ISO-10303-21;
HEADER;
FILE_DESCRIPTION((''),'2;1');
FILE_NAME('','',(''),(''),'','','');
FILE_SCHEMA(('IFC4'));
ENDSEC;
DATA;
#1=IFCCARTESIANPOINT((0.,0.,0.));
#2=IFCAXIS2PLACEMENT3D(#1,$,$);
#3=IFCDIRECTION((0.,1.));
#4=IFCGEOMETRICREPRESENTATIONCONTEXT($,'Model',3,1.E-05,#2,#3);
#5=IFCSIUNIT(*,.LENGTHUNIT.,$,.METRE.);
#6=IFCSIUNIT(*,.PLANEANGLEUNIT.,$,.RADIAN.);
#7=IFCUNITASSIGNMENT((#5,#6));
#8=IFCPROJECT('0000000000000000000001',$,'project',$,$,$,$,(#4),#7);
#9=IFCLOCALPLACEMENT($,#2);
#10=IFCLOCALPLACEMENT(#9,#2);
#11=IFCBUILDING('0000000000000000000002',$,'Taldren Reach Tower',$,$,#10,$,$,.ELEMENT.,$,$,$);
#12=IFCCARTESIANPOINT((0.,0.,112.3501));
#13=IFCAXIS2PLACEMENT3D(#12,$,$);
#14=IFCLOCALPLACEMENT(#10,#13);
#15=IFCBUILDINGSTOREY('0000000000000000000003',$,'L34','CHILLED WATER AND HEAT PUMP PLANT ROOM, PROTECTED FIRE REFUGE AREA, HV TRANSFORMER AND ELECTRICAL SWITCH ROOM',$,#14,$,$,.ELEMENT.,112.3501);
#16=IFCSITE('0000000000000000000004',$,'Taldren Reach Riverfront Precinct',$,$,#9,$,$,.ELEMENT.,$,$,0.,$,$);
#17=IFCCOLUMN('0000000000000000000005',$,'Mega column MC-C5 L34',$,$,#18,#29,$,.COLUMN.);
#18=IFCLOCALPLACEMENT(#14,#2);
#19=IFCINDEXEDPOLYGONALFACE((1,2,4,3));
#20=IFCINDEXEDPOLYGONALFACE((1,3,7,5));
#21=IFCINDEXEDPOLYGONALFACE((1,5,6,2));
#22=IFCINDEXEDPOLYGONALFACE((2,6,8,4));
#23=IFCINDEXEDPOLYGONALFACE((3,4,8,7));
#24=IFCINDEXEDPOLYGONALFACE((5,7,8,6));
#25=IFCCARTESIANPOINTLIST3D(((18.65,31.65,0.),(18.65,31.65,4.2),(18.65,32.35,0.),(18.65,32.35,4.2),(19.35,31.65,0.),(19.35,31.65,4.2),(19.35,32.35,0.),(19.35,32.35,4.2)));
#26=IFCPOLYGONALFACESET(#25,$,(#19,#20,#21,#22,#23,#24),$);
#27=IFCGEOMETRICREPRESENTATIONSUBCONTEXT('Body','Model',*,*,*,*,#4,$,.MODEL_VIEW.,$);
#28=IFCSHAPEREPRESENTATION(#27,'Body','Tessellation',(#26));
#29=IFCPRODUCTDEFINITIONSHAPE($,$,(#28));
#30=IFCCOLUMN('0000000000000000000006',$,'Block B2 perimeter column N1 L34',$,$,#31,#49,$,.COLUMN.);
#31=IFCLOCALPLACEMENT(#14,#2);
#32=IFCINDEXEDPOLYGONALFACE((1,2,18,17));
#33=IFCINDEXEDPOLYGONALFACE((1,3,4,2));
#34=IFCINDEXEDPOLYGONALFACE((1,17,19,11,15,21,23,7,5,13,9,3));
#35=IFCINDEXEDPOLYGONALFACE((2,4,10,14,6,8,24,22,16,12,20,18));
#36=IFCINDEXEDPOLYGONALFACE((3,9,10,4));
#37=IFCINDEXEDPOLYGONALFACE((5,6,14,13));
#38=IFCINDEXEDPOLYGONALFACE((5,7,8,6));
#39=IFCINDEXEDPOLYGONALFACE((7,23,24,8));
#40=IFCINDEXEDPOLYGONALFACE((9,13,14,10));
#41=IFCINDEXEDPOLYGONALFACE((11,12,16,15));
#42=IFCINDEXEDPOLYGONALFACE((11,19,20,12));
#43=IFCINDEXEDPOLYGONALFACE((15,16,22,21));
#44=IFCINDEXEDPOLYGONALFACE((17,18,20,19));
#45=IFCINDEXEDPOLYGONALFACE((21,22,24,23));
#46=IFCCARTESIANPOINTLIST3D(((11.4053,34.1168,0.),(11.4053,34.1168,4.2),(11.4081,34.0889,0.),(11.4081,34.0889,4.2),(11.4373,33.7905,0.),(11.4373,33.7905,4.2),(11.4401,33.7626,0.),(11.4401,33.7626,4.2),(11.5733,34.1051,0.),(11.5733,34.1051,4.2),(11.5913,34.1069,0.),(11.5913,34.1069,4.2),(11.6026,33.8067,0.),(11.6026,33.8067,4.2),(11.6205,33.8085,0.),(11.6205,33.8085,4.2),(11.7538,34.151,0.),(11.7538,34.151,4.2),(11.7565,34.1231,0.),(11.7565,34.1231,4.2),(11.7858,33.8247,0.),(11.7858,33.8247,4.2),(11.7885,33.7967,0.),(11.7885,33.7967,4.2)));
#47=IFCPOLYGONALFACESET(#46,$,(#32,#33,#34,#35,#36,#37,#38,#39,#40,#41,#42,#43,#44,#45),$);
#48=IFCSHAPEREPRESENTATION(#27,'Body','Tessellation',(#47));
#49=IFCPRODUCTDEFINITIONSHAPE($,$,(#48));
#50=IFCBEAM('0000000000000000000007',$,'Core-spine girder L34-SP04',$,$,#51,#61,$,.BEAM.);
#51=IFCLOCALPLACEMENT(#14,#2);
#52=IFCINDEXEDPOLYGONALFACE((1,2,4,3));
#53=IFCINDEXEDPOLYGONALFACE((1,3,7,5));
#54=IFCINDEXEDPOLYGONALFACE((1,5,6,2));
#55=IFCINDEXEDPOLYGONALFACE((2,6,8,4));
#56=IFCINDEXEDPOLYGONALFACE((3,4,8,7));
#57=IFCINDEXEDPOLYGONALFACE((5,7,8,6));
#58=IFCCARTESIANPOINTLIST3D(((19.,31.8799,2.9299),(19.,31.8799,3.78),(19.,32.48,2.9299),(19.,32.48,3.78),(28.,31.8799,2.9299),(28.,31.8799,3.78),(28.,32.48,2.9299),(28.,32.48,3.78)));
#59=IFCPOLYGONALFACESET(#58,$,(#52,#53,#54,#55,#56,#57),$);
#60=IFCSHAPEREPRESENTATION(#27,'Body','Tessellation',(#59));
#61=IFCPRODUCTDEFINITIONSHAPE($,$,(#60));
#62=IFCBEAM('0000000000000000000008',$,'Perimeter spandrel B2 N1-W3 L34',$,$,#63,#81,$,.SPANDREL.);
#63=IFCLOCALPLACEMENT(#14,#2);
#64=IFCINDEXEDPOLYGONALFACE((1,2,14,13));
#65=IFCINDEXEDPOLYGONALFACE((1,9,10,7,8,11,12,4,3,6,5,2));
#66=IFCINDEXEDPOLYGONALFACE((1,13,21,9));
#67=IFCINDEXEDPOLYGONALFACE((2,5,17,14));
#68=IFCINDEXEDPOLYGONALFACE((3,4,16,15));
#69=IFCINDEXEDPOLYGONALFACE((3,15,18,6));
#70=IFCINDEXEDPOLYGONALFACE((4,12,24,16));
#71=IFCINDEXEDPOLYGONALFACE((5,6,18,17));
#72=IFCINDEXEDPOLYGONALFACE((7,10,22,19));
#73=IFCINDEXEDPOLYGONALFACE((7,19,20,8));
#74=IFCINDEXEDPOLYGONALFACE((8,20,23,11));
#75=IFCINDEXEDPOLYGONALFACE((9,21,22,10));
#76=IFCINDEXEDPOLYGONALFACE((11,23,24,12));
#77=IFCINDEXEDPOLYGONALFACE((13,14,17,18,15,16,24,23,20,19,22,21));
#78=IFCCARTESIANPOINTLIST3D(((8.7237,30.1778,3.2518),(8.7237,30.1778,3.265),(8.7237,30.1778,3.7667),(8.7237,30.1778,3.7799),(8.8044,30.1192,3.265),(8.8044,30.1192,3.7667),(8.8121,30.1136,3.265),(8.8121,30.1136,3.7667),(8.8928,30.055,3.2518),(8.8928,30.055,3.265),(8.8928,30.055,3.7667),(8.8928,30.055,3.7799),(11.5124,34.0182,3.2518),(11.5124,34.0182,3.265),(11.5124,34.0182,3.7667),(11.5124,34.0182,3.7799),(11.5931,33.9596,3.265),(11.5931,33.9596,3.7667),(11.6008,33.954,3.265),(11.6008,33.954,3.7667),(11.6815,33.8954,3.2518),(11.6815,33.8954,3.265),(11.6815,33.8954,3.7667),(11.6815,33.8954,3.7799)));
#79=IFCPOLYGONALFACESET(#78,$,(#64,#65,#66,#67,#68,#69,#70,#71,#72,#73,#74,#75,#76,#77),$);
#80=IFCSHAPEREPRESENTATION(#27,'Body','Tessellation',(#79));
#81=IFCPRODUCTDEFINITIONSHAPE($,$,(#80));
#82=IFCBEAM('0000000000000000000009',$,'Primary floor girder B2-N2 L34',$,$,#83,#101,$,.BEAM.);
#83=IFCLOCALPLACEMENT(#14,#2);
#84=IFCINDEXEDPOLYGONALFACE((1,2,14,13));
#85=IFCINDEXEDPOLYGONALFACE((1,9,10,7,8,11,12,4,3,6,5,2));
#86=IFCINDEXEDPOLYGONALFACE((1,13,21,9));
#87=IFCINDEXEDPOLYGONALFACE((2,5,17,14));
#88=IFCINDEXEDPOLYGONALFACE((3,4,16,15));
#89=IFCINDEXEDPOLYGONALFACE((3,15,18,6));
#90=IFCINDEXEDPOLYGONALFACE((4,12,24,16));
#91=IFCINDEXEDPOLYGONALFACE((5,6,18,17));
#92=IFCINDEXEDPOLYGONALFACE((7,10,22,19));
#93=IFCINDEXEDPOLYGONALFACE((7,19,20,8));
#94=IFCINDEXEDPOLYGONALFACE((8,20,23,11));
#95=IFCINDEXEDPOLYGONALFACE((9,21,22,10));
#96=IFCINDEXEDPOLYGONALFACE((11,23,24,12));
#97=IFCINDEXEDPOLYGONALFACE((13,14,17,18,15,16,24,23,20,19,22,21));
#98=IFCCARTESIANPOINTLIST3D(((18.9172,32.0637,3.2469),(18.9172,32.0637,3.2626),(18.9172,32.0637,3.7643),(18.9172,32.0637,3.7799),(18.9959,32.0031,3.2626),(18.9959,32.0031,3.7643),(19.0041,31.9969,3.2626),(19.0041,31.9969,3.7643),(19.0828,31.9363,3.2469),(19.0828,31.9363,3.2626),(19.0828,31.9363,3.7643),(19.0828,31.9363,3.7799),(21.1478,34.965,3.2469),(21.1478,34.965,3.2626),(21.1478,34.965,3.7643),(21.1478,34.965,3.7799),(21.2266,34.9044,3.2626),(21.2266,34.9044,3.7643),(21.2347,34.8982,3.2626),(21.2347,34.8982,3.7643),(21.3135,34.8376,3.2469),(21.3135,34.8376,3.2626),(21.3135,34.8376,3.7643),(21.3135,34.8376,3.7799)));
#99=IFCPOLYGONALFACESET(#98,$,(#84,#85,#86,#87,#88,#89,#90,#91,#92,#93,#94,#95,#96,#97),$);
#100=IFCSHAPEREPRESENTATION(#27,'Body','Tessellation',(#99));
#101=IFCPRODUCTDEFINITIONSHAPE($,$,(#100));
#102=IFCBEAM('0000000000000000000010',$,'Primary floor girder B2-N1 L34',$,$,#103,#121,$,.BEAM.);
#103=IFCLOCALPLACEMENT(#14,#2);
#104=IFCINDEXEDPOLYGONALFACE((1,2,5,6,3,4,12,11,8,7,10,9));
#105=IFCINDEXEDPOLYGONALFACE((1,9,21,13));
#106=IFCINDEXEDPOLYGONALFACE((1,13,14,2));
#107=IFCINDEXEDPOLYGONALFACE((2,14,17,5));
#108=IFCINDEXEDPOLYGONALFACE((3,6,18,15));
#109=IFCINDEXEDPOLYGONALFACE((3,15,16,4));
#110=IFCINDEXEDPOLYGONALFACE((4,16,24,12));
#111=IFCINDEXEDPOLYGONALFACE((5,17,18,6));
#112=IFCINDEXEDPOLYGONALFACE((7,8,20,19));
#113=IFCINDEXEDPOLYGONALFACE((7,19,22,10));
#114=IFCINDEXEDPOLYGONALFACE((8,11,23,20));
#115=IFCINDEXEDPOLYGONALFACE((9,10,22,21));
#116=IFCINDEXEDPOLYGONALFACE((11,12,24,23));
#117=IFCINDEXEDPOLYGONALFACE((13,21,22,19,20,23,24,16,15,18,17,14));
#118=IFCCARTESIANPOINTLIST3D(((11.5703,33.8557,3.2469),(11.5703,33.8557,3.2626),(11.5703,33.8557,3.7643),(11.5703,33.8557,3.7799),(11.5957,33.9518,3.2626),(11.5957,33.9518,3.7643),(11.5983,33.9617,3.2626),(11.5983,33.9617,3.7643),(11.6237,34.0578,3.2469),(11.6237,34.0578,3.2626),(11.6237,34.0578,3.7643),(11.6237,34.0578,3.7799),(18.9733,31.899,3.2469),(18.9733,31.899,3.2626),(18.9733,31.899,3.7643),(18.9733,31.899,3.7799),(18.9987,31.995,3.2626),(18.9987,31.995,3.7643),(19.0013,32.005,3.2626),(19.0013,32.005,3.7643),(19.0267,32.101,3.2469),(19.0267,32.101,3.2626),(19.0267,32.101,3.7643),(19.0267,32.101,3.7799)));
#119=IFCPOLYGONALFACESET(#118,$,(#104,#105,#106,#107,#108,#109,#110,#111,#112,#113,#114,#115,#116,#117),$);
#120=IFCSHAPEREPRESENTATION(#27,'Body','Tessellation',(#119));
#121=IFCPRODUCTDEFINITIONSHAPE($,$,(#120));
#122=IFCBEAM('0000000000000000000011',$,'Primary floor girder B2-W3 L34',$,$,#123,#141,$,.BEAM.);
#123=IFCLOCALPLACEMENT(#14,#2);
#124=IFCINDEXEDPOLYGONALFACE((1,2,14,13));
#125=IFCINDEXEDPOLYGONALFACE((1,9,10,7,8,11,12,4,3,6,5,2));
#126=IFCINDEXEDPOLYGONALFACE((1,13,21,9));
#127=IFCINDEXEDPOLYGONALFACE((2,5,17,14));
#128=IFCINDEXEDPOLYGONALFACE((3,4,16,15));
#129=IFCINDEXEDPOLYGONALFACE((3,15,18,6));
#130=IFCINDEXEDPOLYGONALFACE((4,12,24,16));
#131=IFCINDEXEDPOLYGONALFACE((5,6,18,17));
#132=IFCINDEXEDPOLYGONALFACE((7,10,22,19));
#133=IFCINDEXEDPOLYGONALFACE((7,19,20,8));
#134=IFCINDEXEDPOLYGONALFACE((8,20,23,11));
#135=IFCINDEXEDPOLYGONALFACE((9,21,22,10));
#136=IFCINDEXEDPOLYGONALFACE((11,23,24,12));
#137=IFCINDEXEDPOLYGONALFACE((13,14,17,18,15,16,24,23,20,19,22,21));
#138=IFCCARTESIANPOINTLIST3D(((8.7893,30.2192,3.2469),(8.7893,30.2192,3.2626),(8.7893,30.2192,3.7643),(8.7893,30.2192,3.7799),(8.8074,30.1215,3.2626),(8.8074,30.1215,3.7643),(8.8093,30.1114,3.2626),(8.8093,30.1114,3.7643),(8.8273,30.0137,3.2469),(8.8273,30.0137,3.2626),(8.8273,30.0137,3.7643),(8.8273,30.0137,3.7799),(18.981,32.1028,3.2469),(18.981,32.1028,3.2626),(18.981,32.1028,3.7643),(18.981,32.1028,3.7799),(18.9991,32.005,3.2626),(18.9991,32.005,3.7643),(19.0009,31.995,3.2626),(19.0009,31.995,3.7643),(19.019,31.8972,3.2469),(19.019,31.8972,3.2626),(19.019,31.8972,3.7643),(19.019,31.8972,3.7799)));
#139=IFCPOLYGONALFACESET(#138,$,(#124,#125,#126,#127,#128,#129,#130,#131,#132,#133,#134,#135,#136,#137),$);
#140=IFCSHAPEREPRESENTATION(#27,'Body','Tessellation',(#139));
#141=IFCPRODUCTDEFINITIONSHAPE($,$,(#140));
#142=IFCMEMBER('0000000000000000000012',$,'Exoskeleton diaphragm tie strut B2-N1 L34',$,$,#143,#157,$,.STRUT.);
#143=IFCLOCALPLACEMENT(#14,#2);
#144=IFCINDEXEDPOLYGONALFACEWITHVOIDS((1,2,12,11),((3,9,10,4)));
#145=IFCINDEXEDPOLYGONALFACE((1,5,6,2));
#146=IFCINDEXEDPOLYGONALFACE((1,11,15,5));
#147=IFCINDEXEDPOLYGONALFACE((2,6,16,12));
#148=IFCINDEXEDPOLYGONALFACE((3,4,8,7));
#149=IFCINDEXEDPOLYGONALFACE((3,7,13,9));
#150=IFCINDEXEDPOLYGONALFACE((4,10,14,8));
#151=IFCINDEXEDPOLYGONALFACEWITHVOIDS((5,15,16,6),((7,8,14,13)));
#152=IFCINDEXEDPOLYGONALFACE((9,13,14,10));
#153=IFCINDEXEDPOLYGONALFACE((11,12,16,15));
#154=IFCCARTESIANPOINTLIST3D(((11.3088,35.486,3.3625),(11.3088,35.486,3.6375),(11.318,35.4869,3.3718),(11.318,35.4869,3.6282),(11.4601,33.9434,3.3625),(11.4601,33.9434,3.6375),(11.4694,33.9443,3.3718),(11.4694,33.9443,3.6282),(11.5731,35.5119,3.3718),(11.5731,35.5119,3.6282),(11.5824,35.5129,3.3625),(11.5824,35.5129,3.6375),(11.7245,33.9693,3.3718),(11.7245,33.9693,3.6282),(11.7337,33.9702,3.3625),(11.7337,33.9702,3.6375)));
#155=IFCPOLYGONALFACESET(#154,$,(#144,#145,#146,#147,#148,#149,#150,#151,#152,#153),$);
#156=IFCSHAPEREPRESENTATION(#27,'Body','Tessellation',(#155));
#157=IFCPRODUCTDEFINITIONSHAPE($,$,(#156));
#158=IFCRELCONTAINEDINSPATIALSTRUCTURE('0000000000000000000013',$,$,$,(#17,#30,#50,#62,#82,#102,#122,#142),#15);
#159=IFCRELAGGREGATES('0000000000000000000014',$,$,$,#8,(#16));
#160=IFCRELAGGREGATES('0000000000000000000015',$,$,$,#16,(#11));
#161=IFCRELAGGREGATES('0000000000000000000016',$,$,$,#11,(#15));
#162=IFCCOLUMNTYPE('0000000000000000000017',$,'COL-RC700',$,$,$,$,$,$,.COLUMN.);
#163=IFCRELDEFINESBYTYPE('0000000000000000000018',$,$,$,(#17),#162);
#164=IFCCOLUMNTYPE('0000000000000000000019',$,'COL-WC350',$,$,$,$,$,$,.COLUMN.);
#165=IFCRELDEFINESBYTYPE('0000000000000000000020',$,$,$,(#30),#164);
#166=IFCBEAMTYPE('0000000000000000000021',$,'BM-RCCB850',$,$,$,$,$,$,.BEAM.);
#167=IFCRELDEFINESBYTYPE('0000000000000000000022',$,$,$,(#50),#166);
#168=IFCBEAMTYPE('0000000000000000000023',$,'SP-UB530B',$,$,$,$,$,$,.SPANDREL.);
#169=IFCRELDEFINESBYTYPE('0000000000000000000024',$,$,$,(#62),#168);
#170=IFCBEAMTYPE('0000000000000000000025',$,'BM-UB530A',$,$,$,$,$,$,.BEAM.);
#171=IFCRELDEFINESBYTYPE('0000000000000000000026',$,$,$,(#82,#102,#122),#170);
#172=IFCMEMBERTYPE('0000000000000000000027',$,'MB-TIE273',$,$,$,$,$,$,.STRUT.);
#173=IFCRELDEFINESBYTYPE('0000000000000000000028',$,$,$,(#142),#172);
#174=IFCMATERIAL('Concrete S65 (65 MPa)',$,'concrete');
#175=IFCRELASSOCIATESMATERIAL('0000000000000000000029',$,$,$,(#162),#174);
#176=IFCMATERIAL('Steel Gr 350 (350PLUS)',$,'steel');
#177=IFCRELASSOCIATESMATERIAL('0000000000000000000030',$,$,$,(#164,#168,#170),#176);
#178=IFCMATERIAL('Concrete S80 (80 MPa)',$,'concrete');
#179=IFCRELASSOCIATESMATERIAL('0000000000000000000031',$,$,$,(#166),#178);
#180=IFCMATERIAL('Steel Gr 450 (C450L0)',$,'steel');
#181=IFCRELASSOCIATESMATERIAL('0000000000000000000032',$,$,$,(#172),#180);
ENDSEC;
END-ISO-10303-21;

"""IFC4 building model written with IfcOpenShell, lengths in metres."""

from ifc_helpers import new_model, si_unit, direction, frame, origin, origin_2d, place, context, subcontext, project, spatial, rectangle, hollow_rectangle, i_section, extrude, source, transform, mapped, material, material_profile, profile_set, type_object, element, save


model = new_model("IFC4")

# Units and contexts
model_context = context("Model", 3, precision=1e-05, world=origin(), true_north=direction((0.0, 1.0)))
body_context = subcontext(model_context, "Body", "Model", "MODEL_VIEW")
ifc_project = project(units=[si_unit("LENGTHUNIT", "METRE"), si_unit("PLANEANGLEUNIT", "RADIAN")], contexts=[model_context])

# Site, building, storey
site_placement = place(None, origin())
site = spatial("IfcSite", under=ifc_project, at=site_placement, Name="Taldren Reach Riverfront Precinct", CompositionType="ELEMENT", RefElevation=0.0)
building_placement = place(site_placement, origin())
building = spatial("IfcBuilding", under=site, at=building_placement, Name="Taldren Reach Tower", CompositionType="ELEMENT")
storey_placement = place(building_placement, frame((0.0, 0.0, 112.3501)))
storey = spatial("IfcBuildingStorey", under=building, at=storey_placement, Name="L34", Description="CHILLED WATER AND HEAT PUMP PLANT ROOM, PROTECTED FIRE REFUGE AREA, HV TRANSFORMER AND ELECTRICAL SWITCH ROOM", CompositionType="ELEMENT", Elevation=112.3501)

# Columns
ifc_material_1 = material(Name="Concrete S65 (65 MPa)", Category="concrete")
ifc_material_profile_1 = material_profile(ifc_material_1, rectangle(XDim=0.7, YDim=0.7, at=origin_2d()), Name="RC-700x700")
ifc_profile_set_1 = profile_set([ifc_material_profile_1], Name="Concrete S65 (65 MPa)")
column_type_1 = type_object("IfcColumnType", Name="COL-RC700", PredefinedType="COLUMN", material=ifc_profile_set_1)
shared_shape_1 = source(origin(), body_context, "Body", "SweptSolid", [
    extrude(rectangle(XDim=0.7, YDim=0.7, at=origin_2d()), origin(), (0.0, 0.0, 1.0), 4.2),
])
column_1_placement = place(storey_placement, frame((19.0, 32.0, 0.0), z_axis=(0.0, 0.0, 1.0), x_axis=(1.0, 0.0, 0.0)))
element("IfcColumn", 1, at=column_1_placement, inside=storey, type_object=column_type_1, Name="Mega column MC-C5 L34", PredefinedType="COLUMN", context=body_context, shape_type="MappedRepresentation", body=[
    mapped(shared_shape_1, transform((0.0, 0.0, 0.0), scale=1.0)),
])
ifc_material_2 = material(Name="Steel Gr 350 (350PLUS)", Category="steel")
ifc_material_profile_2 = material_profile(ifc_material_2, i_section(OverallWidth=0.3501, OverallDepth=0.356, WebThickness=0.0181, FlangeThickness=0.0281, at=origin_2d()), Name="350WC197")
ifc_profile_set_2 = profile_set([ifc_material_profile_2], Name="Steel Gr 350 (350PLUS)")
column_type_2 = type_object("IfcColumnType", Name="COL-WC350", PredefinedType="COLUMN", material=ifc_profile_set_2)
shared_shape_2 = source(origin(), body_context, "Body", "SweptSolid", [
    extrude(i_section(OverallWidth=0.3501, OverallDepth=0.356, WebThickness=0.0181, FlangeThickness=0.0281, at=origin_2d()), origin(), (0.0, 0.0, 1.0), 4.2),
])
column_2_placement = place(storey_placement, frame((11.5969, 33.9568, 0.0), z_axis=(0.0, 0.0, 1.0), x_axis=(0.995227, 0.097583, 0.0)))
element("IfcColumn", 2, at=column_2_placement, inside=storey, type_object=column_type_2, Name="Block B2 perimeter column N1 L34", PredefinedType="COLUMN", context=body_context, shape_type="MappedRepresentation", body=[
    mapped(shared_shape_2, transform((0.0, 0.0, 0.0), scale=1.0)),
])

# Beams
ifc_material_3 = material(Name="Concrete S80 (80 MPa)", Category="concrete")
ifc_material_profile_3 = material_profile(ifc_material_3, rectangle(XDim=0.6001, YDim=0.8501, at=origin_2d()), Name="RC-CB600x850")
ifc_profile_set_3 = profile_set([ifc_material_profile_3], Name="Concrete S80 (80 MPa)")
beam_type_1 = type_object("IfcBeamType", Name="BM-RCCB850", PredefinedType="BEAM", material=ifc_profile_set_3)
shared_shape_3 = source(origin(), body_context, "Body", "SweptSolid", [
    extrude(rectangle(XDim=0.6001, YDim=0.8501, at=origin_2d()), origin(), (0.0, 0.0, 1.0), 9.0),
])
beam_1_placement = place(storey_placement, frame((19.0, 32.1799, 3.355), z_axis=(1.0, 0.0, 0.0), x_axis=(0.0, 1.0, 0.0)))
element("IfcBeam", 3, at=beam_1_placement, inside=storey, type_object=beam_type_1, Name="Core-spine girder L34-SP04", PredefinedType="BEAM", context=body_context, shape_type="MappedRepresentation", body=[
    mapped(shared_shape_3, transform((0.0, 0.0, 0.0), scale=1.0)),
])
ifc_material_profile_4 = material_profile(ifc_material_2, i_section(OverallWidth=0.209, OverallDepth=0.5281, WebThickness=0.0095, FlangeThickness=0.0132, at=origin_2d()), Name="530UB82.0")
ifc_profile_set_4 = profile_set([ifc_material_profile_4], Name="Steel Gr 350 (350PLUS)")
beam_type_2 = type_object("IfcBeamType", Name="SP-UB530B", PredefinedType="SPANDREL", material=ifc_profile_set_4)
shared_shape_4 = source(origin(), body_context, "Body", "SweptSolid", [
    extrude(i_section(OverallWidth=0.209, OverallDepth=0.5281, WebThickness=0.0095, FlangeThickness=0.0132, at=origin_2d()), origin(), (0.0, 0.0, 1.0), 4.7461),
])
beam_2_placement = place(storey_placement, frame((11.5969, 33.9568, 3.5159), z_axis=(-0.587566, -0.809176, 0.0), x_axis=(0.809176, -0.587566, 0.0)))
element("IfcBeam", 4, at=beam_2_placement, inside=storey, type_object=beam_type_2, Name="Perimeter spandrel B2 N1-W3 L34", PredefinedType="SPANDREL", context=body_context, shape_type="MappedRepresentation", body=[
    mapped(shared_shape_4, transform((0.0, 0.0, 0.0), scale=1.0)),
])
ifc_material_profile_5 = material_profile(ifc_material_2, i_section(OverallWidth=0.209, OverallDepth=0.533, WebThickness=0.0103, FlangeThickness=0.0156, at=origin_2d()), Name="530UB92.4")
ifc_profile_set_5 = profile_set([ifc_material_profile_5], Name="Steel Gr 350 (350PLUS)")
beam_type_3 = type_object("IfcBeamType", Name="BM-UB530A", PredefinedType="BEAM", material=ifc_profile_set_5)
shared_shape_5 = source(origin(), body_context, "Body", "SweptSolid", [
    extrude(i_section(OverallWidth=0.209, OverallDepth=0.533, WebThickness=0.0103, FlangeThickness=0.0156, at=origin_2d()), origin(), (0.0, 0.0, 1.0), 3.6597),
])
beam_3_placement = place(storey_placement, frame((19.0, 32.0, 3.5134), z_axis=(0.609521, 0.79277, 0.0), x_axis=(-0.79277, 0.609521, 0.0)))
element("IfcBeam", 5, at=beam_3_placement, inside=storey, type_object=beam_type_3, Name="Primary floor girder B2-N2 L34", PredefinedType="BEAM", context=body_context, shape_type="MappedRepresentation", body=[
    mapped(shared_shape_5, transform((0.0, 0.0, 0.0), scale=1.0)),
])
shared_shape_6 = source(origin(), body_context, "Body", "SweptSolid", [
    extrude(i_section(OverallWidth=0.209, OverallDepth=0.533, WebThickness=0.0103, FlangeThickness=0.0156, at=origin_2d()), origin(), (0.0, 0.0, 1.0), 7.6572),
])
beam_4_placement = place(storey_placement, frame((19.0, 32.0, 3.5134), z_axis=(-0.966797, 0.255545, 0.0), x_axis=(-0.255545, -0.966797, 0.0)))
element("IfcBeam", 6, at=beam_4_placement, inside=storey, type_object=beam_type_3, Name="Primary floor girder B2-N1 L34", PredefinedType="BEAM", context=body_context, shape_type="MappedRepresentation", body=[
    mapped(shared_shape_6, transform((0.0, 0.0, 0.0), scale=1.0)),
])
shared_shape_7 = source(origin(), body_context, "Body", "SweptSolid", [
    extrude(i_section(OverallWidth=0.209, OverallDepth=0.533, WebThickness=0.0103, FlangeThickness=0.0156, at=origin_2d()), origin(), (0.0, 0.0, 1.0), 10.3643),
])
beam_5_placement = place(storey_placement, frame((19.0, 32.0, 3.5134), z_axis=(-0.983348, -0.181735, 0.0), x_axis=(0.181735, -0.983348, 0.0)))
element("IfcBeam", 7, at=beam_5_placement, inside=storey, type_object=beam_type_3, Name="Primary floor girder B2-W3 L34", PredefinedType="BEAM", context=body_context, shape_type="MappedRepresentation", body=[
    mapped(shared_shape_7, transform((0.0, 0.0, 0.0), scale=1.0)),
])

# Member
ifc_material_4 = material(Name="Steel Gr 450 (C450L0)", Category="steel")
ifc_material_profile_6 = material_profile(ifc_material_4, hollow_rectangle(XDim=0.2749, YDim=0.2749, WallThickness=0.0093, at=origin_2d()), Name="275x275x9.3SHS")
ifc_profile_set_6 = profile_set([ifc_material_profile_6], Name="Steel Gr 450 (C450L0)")
member_type_1 = type_object("IfcMemberType", Name="MB-TIE273", PredefinedType="STRUT", material=ifc_profile_set_6)
shared_shape_8 = source(origin(), body_context, "Body", "SweptSolid", [
    extrude(hollow_rectangle(XDim=0.2749, YDim=0.2749, WallThickness=0.0093, at=origin_2d()), origin(), (0.0, 0.0, 1.0), 1.55),
])
member_1_placement = place(storey_placement, frame((11.5969, 33.9568, 3.5), z_axis=(-0.097648, 0.995221, 0.0), x_axis=(-0.995221, -0.097648, 0.0)))
element("IfcMember", 8, at=member_1_placement, inside=storey, type_object=member_type_1, Name="Exoskeleton diaphragm tie strut B2-N1 L34", PredefinedType="STRUT", context=body_context, shape_type="MappedRepresentation", body=[
    mapped(shared_shape_8, transform((0.0, 0.0, 0.0), scale=1.0)),
])

save(model, "model.ifc")
